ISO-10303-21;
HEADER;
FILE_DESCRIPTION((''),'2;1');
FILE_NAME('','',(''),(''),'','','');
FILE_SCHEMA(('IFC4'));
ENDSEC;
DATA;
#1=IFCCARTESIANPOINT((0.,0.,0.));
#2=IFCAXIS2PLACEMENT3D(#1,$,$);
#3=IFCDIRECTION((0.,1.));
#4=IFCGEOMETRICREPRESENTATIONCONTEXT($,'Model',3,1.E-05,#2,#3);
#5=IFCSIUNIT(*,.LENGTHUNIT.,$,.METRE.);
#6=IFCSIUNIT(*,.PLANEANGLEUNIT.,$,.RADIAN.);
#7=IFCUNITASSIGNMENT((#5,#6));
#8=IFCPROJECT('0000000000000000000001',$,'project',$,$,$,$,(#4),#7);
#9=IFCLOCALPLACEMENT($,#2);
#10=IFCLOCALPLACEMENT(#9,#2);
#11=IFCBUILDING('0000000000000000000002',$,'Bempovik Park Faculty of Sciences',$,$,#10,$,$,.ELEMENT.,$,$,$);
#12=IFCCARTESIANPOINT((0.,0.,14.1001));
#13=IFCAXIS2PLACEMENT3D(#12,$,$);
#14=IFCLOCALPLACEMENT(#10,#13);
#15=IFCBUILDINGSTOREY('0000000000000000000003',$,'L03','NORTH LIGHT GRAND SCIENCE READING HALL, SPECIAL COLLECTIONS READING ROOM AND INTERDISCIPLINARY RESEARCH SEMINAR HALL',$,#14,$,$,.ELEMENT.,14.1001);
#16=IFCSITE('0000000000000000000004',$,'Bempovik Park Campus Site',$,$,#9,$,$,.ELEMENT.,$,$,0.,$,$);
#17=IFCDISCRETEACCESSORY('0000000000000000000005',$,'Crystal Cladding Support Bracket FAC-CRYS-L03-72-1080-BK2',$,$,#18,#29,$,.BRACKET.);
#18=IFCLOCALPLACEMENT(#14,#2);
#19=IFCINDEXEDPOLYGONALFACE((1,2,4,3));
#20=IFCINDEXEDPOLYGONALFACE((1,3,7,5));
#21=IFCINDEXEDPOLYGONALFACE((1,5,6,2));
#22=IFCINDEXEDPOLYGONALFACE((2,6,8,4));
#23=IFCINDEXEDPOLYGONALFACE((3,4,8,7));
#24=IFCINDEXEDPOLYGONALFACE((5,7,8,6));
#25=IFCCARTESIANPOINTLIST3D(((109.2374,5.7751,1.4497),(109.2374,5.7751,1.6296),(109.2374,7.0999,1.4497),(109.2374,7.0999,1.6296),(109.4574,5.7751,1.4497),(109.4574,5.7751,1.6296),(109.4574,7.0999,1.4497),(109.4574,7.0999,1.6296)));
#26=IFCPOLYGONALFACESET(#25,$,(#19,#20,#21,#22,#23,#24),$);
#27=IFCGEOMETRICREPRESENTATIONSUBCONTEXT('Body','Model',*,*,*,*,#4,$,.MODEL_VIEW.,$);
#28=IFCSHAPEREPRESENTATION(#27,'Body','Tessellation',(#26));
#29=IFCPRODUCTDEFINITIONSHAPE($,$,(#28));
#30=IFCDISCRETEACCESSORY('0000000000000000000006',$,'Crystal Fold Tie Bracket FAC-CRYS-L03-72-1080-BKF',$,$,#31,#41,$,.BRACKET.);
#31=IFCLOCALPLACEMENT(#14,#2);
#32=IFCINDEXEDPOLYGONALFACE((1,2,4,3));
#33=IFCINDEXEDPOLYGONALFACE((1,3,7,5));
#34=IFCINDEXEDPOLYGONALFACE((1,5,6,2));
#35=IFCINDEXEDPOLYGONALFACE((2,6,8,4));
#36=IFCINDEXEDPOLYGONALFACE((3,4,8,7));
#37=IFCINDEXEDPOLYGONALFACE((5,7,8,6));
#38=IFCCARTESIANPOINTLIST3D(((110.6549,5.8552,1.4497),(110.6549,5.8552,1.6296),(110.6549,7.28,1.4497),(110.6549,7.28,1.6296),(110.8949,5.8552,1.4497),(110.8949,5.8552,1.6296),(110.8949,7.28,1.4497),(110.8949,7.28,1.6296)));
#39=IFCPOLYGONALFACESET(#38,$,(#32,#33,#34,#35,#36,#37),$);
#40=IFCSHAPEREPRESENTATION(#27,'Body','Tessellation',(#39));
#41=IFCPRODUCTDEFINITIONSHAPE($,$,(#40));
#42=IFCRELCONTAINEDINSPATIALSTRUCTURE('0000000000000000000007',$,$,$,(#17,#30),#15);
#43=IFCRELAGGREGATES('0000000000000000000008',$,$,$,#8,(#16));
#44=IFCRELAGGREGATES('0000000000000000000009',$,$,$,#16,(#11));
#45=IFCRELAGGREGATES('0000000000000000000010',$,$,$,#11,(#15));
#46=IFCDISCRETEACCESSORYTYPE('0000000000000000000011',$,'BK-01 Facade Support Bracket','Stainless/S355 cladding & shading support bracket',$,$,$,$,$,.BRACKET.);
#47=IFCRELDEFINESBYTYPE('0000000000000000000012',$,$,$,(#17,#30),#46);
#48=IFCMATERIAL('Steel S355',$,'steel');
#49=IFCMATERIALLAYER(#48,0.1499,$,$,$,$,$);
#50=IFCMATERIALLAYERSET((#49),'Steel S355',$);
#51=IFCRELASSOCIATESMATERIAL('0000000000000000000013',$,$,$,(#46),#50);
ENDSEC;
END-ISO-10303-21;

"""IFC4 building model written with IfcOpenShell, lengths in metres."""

from ifc_helpers import new_model, si_unit, direction, frame, origin, origin_2d, place, context, subcontext, project, spatial, rectangle, extrude, material, layer, layer_set, type_object, element, save


model = new_model("IFC4")

# Units and contexts
model_context = context("Model", 3, precision=1e-05, world=origin(), true_north=direction((0.0, 1.0)))
body_context = subcontext(model_context, "Body", "Model", "MODEL_VIEW")
ifc_project = project(units=[si_unit("LENGTHUNIT", "METRE"), si_unit("PLANEANGLEUNIT", "RADIAN")], contexts=[model_context])

# Site, building, storey
site_placement = place(None, origin())
site = spatial("IfcSite", under=ifc_project, at=site_placement, Name="Bempovik Park Campus Site", CompositionType="ELEMENT", RefElevation=0.0)
building_placement = place(site_placement, origin())
building = spatial("IfcBuilding", under=site, at=building_placement, Name="Bempovik Park Faculty of Sciences", CompositionType="ELEMENT")
storey_placement = place(building_placement, frame((0.0, 0.0, 14.1001)))
storey = spatial("IfcBuildingStorey", under=building, at=storey_placement, Name="L03", Description="NORTH LIGHT GRAND SCIENCE READING HALL, SPECIAL COLLECTIONS READING ROOM AND INTERDISCIPLINARY RESEARCH SEMINAR HALL", CompositionType="ELEMENT", Elevation=14.1001)

# Shared definitions
ifc_material_1 = material(Name="Steel S355", Category="steel")

# Discrete accessories
ifc_layer_1 = layer(ifc_material_1, 0.1499)
ifc_layer_set_1 = layer_set([ifc_layer_1], Name="Steel S355")
discrete_accessory_type = type_object("IfcDiscreteAccessoryType", Name="BK-01 Facade Support Bracket", Description="Stainless/S355 cladding & shading support bracket", PredefinedType="BRACKET", material=ifc_layer_set_1)
for number, where, z_axis, x_axis, name in (
    (1, (109.3474, 6.4375, 1.4497), (0.0, 0.0, 1.0), (1.0, 0.0, 0.0), "Crystal Cladding Support Bracket FAC-CRYS-L03-72-1080-BK2"),
):
    element("IfcDiscreteAccessory", number, at=place(storey_placement, frame(where, z_axis=z_axis, x_axis=x_axis)), inside=storey, type_object=discrete_accessory_type, Name=name, PredefinedType="BRACKET", context=body_context, shape_type="SweptSolid", body=[
        extrude(rectangle(XDim=0.22, YDim=1.3247, at=origin_2d()), origin(), (0.0, 0.0, 1.0), 0.1799),
    ])
discrete_accessory_placement = place(storey_placement, frame((110.7749, 6.5676, 1.4497), z_axis=(0.0, 0.0, 1.0), x_axis=(1.0, 0.0, 0.0)))
element("IfcDiscreteAccessory", 2, at=discrete_accessory_placement, inside=storey, type_object=discrete_accessory_type, Name="Crystal Fold Tie Bracket FAC-CRYS-L03-72-1080-BKF", PredefinedType="BRACKET", context=body_context, shape_type="SweptSolid", body=[
    extrude(rectangle(XDim=0.24, YDim=1.4248, at=origin_2d()), origin(), (0.0, 0.0, 1.0), 0.1799),
])

save(model, "model.ifc")
